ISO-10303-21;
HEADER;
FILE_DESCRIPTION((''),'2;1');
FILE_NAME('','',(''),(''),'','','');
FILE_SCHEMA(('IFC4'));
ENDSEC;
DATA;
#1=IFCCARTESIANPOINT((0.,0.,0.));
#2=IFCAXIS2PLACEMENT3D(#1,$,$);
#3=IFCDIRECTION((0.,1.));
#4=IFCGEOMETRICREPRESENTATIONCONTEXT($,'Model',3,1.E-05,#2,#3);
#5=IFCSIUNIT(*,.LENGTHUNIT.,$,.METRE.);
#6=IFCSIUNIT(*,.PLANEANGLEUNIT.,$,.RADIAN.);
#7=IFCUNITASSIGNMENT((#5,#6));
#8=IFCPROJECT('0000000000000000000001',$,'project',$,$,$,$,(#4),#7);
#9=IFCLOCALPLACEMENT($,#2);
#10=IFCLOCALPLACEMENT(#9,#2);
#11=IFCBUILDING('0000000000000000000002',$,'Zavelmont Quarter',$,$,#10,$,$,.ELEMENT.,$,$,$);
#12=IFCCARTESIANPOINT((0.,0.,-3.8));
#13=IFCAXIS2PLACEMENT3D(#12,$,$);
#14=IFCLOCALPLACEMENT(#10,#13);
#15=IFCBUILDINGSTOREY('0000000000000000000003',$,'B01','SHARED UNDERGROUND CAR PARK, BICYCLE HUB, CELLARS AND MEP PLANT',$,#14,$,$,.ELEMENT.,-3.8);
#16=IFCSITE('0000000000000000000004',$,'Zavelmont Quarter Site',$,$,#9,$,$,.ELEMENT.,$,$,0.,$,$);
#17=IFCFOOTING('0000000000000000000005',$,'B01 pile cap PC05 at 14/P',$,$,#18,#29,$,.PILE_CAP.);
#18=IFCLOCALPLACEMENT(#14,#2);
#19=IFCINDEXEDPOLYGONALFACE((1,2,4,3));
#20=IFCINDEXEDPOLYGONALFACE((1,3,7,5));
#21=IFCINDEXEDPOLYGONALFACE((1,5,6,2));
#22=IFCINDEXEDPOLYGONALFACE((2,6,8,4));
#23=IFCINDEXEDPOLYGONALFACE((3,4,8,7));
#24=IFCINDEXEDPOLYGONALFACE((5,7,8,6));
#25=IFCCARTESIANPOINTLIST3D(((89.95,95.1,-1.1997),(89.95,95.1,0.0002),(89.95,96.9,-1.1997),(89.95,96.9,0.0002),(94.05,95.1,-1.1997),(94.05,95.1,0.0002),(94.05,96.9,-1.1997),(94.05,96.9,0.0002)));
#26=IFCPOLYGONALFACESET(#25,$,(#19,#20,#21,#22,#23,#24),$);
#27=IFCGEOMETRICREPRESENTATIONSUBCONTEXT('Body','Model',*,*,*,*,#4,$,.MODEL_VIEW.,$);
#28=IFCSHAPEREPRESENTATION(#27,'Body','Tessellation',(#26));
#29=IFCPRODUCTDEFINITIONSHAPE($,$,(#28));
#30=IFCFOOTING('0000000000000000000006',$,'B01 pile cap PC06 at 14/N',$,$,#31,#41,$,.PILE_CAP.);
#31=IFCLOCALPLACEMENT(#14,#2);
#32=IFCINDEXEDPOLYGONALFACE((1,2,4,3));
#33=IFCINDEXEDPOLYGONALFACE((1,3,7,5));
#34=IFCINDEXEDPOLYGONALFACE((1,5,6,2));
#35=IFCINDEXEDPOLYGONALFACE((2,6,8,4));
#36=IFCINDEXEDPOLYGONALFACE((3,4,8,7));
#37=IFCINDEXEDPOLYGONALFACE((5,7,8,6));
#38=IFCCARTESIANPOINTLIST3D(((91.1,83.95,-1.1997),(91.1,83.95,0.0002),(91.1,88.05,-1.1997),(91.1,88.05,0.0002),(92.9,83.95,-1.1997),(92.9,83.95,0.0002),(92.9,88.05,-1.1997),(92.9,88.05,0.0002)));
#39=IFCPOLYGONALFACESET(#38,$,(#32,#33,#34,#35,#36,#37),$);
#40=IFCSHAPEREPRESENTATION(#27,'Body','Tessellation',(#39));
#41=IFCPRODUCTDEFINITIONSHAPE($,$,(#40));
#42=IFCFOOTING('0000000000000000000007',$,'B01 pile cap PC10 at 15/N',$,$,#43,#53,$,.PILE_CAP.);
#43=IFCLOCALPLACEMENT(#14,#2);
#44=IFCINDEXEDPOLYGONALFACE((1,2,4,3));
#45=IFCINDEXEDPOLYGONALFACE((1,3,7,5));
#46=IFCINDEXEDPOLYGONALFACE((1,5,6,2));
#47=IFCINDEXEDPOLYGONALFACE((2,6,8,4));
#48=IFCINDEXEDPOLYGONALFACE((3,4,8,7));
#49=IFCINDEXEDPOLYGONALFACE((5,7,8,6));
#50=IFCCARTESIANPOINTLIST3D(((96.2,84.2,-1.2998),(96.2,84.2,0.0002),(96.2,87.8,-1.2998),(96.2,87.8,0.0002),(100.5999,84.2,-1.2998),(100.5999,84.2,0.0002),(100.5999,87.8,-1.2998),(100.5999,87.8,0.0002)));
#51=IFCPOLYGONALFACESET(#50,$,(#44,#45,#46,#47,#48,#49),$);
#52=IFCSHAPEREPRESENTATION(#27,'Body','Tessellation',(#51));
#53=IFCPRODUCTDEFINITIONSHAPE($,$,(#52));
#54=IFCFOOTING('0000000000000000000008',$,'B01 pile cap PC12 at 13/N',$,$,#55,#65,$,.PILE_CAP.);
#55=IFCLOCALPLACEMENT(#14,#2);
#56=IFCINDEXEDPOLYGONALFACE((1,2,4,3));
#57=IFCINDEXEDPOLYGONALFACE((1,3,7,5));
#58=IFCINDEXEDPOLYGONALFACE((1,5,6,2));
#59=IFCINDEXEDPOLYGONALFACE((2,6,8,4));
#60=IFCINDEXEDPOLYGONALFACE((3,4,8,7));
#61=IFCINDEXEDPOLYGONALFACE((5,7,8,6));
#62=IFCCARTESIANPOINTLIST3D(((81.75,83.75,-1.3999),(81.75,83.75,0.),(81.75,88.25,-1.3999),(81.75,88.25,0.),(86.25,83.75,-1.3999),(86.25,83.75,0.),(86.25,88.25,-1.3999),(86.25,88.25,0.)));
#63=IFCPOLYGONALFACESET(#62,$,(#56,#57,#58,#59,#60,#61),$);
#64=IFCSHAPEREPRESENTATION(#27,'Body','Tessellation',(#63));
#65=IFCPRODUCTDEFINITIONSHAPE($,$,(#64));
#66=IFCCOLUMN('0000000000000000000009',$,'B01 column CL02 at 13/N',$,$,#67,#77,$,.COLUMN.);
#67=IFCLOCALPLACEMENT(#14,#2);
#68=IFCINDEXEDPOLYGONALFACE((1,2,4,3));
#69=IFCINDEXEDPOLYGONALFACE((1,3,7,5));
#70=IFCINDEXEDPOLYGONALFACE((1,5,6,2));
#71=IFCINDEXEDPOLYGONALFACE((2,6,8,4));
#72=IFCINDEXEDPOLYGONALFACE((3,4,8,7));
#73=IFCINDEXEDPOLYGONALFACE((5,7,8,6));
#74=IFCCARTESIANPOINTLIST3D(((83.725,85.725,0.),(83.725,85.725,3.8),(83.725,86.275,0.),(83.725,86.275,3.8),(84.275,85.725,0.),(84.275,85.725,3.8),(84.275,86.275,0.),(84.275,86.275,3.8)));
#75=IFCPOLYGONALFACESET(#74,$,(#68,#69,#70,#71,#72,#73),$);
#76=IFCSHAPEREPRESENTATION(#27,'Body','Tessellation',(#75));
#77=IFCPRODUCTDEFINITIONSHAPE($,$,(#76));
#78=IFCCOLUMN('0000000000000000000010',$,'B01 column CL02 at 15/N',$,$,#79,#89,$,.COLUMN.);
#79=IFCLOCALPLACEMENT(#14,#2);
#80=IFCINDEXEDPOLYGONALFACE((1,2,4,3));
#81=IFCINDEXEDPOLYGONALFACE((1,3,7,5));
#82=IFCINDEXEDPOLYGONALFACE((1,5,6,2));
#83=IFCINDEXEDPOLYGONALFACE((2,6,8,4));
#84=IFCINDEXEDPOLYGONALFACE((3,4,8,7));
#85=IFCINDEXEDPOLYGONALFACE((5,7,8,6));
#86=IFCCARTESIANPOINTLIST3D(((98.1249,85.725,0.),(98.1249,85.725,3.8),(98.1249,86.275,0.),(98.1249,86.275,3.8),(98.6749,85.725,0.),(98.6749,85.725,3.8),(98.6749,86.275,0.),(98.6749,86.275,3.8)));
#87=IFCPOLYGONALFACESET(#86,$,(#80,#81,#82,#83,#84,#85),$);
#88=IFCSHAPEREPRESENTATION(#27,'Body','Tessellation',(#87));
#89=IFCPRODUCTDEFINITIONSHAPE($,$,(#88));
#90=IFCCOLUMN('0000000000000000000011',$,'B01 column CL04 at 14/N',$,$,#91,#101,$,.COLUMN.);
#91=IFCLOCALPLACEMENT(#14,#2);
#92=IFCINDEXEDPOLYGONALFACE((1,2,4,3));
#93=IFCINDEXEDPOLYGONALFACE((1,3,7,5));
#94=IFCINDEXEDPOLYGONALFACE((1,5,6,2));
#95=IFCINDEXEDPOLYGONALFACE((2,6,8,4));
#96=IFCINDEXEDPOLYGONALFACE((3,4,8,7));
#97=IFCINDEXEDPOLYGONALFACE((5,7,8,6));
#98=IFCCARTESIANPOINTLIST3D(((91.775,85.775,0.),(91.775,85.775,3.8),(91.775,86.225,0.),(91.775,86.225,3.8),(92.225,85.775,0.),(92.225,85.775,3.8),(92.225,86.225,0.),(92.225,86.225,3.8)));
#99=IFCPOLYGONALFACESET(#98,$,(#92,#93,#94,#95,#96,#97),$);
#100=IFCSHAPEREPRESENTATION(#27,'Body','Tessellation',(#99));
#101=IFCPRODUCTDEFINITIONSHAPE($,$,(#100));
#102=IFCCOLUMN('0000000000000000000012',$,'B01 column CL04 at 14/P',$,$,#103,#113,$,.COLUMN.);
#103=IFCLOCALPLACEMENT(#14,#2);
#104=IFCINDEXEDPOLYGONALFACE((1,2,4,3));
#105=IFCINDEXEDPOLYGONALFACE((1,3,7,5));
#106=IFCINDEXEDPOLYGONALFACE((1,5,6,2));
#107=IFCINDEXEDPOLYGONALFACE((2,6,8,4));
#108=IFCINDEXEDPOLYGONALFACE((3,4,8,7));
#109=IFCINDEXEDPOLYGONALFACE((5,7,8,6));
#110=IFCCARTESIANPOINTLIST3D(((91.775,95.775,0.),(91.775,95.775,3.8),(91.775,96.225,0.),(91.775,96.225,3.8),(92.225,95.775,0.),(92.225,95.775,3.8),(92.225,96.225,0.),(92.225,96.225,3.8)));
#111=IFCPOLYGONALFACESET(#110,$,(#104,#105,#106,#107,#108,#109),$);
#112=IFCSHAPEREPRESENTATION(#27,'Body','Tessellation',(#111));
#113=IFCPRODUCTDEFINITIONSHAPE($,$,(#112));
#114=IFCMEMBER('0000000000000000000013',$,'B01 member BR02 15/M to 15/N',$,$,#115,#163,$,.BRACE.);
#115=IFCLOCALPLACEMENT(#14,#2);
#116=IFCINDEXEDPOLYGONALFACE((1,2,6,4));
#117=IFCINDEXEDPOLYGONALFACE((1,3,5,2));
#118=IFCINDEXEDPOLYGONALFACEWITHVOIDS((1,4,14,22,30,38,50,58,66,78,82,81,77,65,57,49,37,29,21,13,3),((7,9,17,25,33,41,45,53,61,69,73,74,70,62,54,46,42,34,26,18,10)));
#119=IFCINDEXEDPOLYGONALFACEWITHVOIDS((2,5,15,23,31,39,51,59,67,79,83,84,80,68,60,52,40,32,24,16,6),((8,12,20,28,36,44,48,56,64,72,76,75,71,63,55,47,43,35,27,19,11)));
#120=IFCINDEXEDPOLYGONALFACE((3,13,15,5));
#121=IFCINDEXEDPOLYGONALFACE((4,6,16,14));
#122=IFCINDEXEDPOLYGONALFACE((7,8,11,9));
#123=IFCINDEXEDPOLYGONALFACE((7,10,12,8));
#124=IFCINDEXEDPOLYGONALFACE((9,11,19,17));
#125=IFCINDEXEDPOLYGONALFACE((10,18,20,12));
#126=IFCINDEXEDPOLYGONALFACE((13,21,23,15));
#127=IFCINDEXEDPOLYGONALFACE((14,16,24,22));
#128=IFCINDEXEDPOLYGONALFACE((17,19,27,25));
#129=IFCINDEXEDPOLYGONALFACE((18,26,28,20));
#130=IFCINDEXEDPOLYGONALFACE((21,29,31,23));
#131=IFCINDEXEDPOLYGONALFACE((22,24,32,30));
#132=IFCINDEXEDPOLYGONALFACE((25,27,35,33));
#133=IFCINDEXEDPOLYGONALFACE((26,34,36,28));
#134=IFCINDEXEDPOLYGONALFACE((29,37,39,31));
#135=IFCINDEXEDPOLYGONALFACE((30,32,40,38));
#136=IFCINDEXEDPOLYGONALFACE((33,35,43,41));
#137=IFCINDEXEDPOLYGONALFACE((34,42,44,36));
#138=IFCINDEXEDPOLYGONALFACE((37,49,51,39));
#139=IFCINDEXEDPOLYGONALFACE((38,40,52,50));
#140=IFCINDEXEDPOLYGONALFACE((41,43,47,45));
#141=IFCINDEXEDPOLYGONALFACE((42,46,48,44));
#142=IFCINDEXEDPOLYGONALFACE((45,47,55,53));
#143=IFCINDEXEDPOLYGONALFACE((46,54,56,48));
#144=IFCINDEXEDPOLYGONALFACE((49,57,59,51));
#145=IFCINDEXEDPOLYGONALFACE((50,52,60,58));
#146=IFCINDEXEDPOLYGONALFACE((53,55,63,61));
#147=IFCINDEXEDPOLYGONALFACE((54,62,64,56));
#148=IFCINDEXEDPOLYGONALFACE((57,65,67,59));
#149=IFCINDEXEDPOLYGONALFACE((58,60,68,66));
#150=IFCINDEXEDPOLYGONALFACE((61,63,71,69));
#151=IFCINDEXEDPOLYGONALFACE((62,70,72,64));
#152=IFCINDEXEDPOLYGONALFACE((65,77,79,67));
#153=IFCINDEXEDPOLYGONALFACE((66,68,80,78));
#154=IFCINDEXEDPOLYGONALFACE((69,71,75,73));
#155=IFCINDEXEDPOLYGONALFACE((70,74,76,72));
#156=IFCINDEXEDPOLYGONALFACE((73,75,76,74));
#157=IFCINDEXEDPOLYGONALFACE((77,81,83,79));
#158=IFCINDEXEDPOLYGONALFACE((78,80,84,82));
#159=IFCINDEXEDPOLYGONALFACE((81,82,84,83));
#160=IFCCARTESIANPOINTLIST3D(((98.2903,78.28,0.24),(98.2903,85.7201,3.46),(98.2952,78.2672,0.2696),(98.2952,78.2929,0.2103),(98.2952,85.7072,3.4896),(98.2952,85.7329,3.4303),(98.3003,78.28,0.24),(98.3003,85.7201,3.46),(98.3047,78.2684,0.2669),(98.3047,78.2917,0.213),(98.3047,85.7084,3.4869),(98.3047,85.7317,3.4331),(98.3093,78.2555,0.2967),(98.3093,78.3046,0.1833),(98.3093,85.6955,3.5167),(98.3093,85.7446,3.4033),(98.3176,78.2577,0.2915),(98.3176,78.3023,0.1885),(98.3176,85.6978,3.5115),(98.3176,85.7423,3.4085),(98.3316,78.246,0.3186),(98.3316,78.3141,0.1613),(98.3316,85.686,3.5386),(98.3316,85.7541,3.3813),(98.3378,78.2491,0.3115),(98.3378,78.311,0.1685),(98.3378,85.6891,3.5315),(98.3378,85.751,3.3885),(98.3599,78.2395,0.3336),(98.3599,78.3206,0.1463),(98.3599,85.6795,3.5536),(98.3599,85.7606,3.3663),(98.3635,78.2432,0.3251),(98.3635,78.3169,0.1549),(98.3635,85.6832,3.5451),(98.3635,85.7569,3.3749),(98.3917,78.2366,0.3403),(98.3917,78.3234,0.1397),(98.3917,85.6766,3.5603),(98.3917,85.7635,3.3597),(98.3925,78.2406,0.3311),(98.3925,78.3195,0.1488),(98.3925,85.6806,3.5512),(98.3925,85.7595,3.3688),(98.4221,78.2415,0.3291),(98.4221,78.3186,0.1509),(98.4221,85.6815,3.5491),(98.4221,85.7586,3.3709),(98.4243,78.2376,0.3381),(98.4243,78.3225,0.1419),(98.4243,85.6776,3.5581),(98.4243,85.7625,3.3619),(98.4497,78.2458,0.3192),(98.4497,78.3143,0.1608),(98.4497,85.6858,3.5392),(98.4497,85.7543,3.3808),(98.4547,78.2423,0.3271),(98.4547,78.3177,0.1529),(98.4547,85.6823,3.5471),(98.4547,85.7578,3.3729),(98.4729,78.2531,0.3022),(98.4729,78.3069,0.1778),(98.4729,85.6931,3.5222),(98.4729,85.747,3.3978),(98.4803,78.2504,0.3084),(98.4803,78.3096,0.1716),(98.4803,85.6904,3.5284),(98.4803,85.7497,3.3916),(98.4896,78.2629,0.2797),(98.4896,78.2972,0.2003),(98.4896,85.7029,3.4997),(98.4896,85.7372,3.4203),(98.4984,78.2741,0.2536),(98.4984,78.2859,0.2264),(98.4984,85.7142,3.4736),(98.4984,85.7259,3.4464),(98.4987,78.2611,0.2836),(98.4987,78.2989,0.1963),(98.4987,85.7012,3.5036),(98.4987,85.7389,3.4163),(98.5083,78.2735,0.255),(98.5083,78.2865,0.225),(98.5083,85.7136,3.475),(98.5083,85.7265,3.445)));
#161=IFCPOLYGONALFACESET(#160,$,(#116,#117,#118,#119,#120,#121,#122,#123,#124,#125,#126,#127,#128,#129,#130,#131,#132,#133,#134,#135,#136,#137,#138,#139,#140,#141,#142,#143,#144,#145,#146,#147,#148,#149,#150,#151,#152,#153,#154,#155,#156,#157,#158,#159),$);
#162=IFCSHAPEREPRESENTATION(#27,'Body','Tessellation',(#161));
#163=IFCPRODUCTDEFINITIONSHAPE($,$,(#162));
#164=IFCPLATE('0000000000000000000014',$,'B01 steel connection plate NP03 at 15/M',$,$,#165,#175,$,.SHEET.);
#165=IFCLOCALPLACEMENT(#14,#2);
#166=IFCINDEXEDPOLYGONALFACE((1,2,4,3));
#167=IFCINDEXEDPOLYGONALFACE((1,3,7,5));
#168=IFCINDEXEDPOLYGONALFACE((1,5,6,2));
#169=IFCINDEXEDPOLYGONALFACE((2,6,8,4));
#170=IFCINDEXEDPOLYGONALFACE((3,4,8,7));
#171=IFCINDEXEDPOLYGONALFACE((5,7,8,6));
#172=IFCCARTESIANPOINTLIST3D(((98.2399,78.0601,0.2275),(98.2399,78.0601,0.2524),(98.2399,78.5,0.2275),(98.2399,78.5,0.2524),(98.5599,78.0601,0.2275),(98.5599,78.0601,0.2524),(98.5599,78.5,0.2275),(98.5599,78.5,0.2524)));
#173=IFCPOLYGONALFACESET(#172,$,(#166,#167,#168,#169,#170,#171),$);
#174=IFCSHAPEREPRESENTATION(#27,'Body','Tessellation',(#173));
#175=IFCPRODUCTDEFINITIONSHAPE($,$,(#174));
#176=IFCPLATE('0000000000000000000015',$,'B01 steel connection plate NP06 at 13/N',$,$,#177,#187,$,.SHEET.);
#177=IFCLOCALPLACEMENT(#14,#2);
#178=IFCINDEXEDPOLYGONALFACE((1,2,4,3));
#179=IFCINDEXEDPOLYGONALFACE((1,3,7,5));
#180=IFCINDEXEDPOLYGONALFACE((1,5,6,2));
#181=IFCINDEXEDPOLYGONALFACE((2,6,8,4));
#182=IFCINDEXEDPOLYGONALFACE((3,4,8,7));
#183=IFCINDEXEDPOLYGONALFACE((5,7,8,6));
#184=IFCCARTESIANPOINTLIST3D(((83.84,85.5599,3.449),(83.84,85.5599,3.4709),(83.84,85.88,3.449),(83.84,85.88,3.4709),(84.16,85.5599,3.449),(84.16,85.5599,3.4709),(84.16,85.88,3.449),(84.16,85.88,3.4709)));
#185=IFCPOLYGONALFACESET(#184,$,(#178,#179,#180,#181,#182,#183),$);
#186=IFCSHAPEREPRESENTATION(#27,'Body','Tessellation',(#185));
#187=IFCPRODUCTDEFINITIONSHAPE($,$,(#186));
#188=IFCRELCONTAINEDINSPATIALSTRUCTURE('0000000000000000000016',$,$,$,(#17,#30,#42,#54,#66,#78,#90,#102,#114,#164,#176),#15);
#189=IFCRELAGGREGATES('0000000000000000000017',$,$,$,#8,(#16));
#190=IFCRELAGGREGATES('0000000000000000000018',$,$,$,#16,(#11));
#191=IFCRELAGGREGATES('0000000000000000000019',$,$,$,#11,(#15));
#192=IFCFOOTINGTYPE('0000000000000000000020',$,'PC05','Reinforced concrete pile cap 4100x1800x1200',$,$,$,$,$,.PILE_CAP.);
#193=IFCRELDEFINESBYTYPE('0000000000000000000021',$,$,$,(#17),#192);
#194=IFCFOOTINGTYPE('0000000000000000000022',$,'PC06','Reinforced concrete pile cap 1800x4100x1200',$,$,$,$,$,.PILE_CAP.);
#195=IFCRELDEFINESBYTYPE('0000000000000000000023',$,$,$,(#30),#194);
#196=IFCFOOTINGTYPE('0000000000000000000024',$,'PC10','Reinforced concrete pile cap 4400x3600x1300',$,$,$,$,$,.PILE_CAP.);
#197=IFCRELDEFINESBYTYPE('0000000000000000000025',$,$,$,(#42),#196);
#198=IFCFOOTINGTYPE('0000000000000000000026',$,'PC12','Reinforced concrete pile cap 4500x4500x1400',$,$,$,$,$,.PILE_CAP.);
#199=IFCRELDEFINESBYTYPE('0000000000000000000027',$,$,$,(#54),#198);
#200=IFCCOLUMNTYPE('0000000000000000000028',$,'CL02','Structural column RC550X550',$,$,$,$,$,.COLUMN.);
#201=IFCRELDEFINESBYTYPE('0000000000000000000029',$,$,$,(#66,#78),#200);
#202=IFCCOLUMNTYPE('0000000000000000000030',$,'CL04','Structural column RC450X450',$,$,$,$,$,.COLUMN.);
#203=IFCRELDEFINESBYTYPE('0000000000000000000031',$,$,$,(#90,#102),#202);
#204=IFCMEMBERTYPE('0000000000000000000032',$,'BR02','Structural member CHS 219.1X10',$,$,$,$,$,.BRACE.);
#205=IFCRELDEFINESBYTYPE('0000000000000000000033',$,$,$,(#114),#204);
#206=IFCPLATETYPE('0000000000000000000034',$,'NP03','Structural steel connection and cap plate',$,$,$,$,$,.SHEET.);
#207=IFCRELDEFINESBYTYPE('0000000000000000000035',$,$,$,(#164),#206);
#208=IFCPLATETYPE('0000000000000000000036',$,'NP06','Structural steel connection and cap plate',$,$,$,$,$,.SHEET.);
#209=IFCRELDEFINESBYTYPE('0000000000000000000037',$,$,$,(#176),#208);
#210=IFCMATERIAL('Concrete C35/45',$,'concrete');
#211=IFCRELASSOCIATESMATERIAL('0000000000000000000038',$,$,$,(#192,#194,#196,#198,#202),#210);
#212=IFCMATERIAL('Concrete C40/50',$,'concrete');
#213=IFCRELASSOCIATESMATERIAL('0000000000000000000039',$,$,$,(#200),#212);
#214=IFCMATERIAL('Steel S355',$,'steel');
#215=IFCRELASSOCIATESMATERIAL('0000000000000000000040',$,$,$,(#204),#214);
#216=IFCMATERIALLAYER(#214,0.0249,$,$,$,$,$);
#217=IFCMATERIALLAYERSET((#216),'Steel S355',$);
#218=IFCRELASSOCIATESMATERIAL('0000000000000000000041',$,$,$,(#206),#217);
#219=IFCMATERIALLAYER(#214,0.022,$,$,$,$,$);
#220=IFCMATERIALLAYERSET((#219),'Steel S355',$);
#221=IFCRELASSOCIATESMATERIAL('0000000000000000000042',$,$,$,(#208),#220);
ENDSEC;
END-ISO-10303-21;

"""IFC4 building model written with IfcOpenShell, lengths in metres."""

from ifc_helpers import new_model, si_unit, direction, frame, origin, origin_2d, place, context, subcontext, project, spatial, rectangle, hollow_circle, extrude, material, layer, layer_set, material_profile, profile_set, type_object, element, save


model = new_model("IFC4")

# Units and contexts
model_context = context("Model", 3, precision=1e-05, world=origin(), true_north=direction((0.0, 1.0)))
body_context = subcontext(model_context, "Body", "Model", "MODEL_VIEW")
ifc_project = project(units=[si_unit("LENGTHUNIT", "METRE"), si_unit("PLANEANGLEUNIT", "RADIAN")], contexts=[model_context])

# Site, building, storey
site_placement = place(None, origin())
site = spatial("IfcSite", under=ifc_project, at=site_placement, Name="Zavelmont Quarter Site", CompositionType="ELEMENT", RefElevation=0.0)
building_placement = place(site_placement, origin())
building = spatial("IfcBuilding", under=site, at=building_placement, Name="Zavelmont Quarter", CompositionType="ELEMENT")
storey_placement = place(building_placement, frame((0.0, 0.0, -3.8)))
storey = spatial("IfcBuildingStorey", under=building, at=storey_placement, Name="B01", Description="SHARED UNDERGROUND CAR PARK, BICYCLE HUB, CELLARS AND MEP PLANT", CompositionType="ELEMENT", Elevation=-3.8)

# Shared definitions
ifc_material_1 = material(Name="Concrete C35/45", Category="concrete")

# Footings
footing_type_1 = type_object("IfcFootingType", Name="PC05", Description="Reinforced concrete pile cap 4100x1800x1200", PredefinedType="PILE_CAP", material=ifc_material_1)
footing_1_placement = place(storey_placement, frame((92.0, 96.0, -1.1997), z_axis=(0.0, 0.0, 1.0), x_axis=(1.0, 0.0, 0.0)))
element("IfcFooting", 1, at=footing_1_placement, inside=storey, type_object=footing_type_1, Name="B01 pile cap PC05 at 14/P", PredefinedType="PILE_CAP", context=body_context, shape_type="SweptSolid", body=[
    extrude(rectangle(XDim=4.1001, YDim=1.8, at=origin_2d()), origin(), (0.0, 0.0, 1.0), 1.2),
])
footing_type_2 = type_object("IfcFootingType", Name="PC06", Description="Reinforced concrete pile cap 1800x4100x1200", PredefinedType="PILE_CAP", material=ifc_material_1)
footing_2_placement = place(storey_placement, frame((92.0, 86.0, -1.1997), z_axis=(0.0, 0.0, 1.0), x_axis=(1.0, 0.0, 0.0)))
element("IfcFooting", 2, at=footing_2_placement, inside=storey, type_object=footing_type_2, Name="B01 pile cap PC06 at 14/N", PredefinedType="PILE_CAP", context=body_context, shape_type="SweptSolid", body=[
    extrude(rectangle(XDim=1.8, YDim=4.1001, at=origin_2d()), origin(), (0.0, 0.0, 1.0), 1.2),
])
footing_type_3 = type_object("IfcFootingType", Name="PC10", Description="Reinforced concrete pile cap 4400x3600x1300", PredefinedType="PILE_CAP", material=ifc_material_1)
footing_3_placement = place(storey_placement, frame((98.3999, 86.0, -1.2998), z_axis=(0.0, 0.0, 1.0), x_axis=(1.0, 0.0, 0.0)))
element("IfcFooting", 3, at=footing_3_placement, inside=storey, type_object=footing_type_3, Name="B01 pile cap PC10 at 15/N", PredefinedType="PILE_CAP", context=body_context, shape_type="SweptSolid", body=[
    extrude(rectangle(XDim=4.3999, YDim=3.6001, at=origin_2d()), origin(), (0.0, 0.0, 1.0), 1.3),
])
footing_type_4 = type_object("IfcFootingType", Name="PC12", Description="Reinforced concrete pile cap 4500x4500x1400", PredefinedType="PILE_CAP", material=ifc_material_1)
footing_4_placement = place(storey_placement, frame((84.0, 86.0, -1.3999), z_axis=(0.0, 0.0, 1.0), x_axis=(1.0, 0.0, 0.0)))
element("IfcFooting", 4, at=footing_4_placement, inside=storey, type_object=footing_type_4, Name="B01 pile cap PC12 at 13/N", PredefinedType="PILE_CAP", context=body_context, shape_type="SweptSolid", body=[
    extrude(rectangle(XDim=4.5, YDim=4.5, at=origin_2d()), origin(), (0.0, 0.0, 1.0), 1.3999),
])

# Columns
ifc_material_2 = material(Name="Concrete C40/50", Category="concrete")
ifc_material_profile_1 = material_profile(ifc_material_2, rectangle(XDim=0.55, YDim=0.55, at=origin_2d()), Name="RC550X550")
ifc_profile_set_1 = profile_set([ifc_material_profile_1], Name="Concrete C40/50")
column_type_1 = type_object("IfcColumnType", Name="CL02", Description="Structural column RC550X550", PredefinedType="COLUMN", material=ifc_profile_set_1)
for number, where, z_axis, x_axis, name in (
    (5, (84.0, 86.0, 0.0), (0.0, 0.0, 1.0), (1.0, 0.0, 0.0), "B01 column CL02 at 13/N"),
    (6, (98.3999, 86.0, 0.0), (0.0, 0.0, 1.0), (1.0, 0.0, 0.0), "B01 column CL02 at 15/N"),
):
    element("IfcColumn", number, at=place(storey_placement, frame(where, z_axis=z_axis, x_axis=x_axis)), inside=storey, type_object=column_type_1, Name=name, PredefinedType="COLUMN", context=body_context, shape_type="SweptSolid", body=[
        extrude(rectangle(XDim=0.55, YDim=0.55, at=origin_2d()), origin(), (0.0, 0.0, 1.0), 3.8),
    ])
ifc_material_profile_2 = material_profile(ifc_material_1, rectangle(XDim=0.45, YDim=0.45, at=origin_2d()), Name="RC450X450")
ifc_profile_set_2 = profile_set([ifc_material_profile_2], Name="Concrete C35/45")
column_type_2 = type_object("IfcColumnType", Name="CL04", Description="Structural column RC450X450", PredefinedType="COLUMN", material=ifc_profile_set_2)
for number, where, z_axis, x_axis, name in (
    (7, (92.0, 86.0, 0.0), (0.0, 0.0, 1.0), (1.0, 0.0, 0.0), "B01 column CL04 at 14/N"),
    (8, (92.0, 96.0, 0.0), (0.0, 0.0, 1.0), (1.0, 0.0, 0.0), "B01 column CL04 at 14/P"),
):
    element("IfcColumn", number, at=place(storey_placement, frame(where, z_axis=z_axis, x_axis=x_axis)), inside=storey, type_object=column_type_2, Name=name, PredefinedType="COLUMN", context=body_context, shape_type="SweptSolid", body=[
        extrude(rectangle(XDim=0.45, YDim=0.45, at=origin_2d()), origin(), (0.0, 0.0, 1.0), 3.8),
    ])

# Member
ifc_material_3 = material(Name="Steel S355", Category="steel")
ifc_material_profile_3 = material_profile(ifc_material_3, hollow_circle(Radius=0.1096, WallThickness=0.01, at=origin_2d()), Name="CHS 219.1X10")
ifc_profile_set_3 = profile_set([ifc_material_profile_3], Name="Steel S355")
member_type = type_object("IfcMemberType", Name="BR02", Description="Structural member CHS 219.1X10", PredefinedType="BRACE", material=ifc_profile_set_3)
member_placement = place(storey_placement, frame((98.3999, 78.28, 0.24), z_axis=(0.0, 0.917736, 0.397192), x_axis=(-1.0, 0.0, 0.0)))
element("IfcMember", 9, at=member_placement, inside=storey, type_object=member_type, Name="B01 member BR02 15/M to 15/N", PredefinedType="BRACE", context=body_context, shape_type="SweptSolid", body=[
    extrude(hollow_circle(Radius=0.1096, WallThickness=0.01, at=origin_2d()), origin(), (0.0, 0.0, 1.0), 8.1069),
])

# Plates
ifc_layer_1 = layer(ifc_material_3, 0.0249)
ifc_layer_set_1 = layer_set([ifc_layer_1], Name="Steel S355")
plate_type_1 = type_object("IfcPlateType", Name="NP03", Description="Structural steel connection and cap plate", PredefinedType="SHEET", material=ifc_layer_set_1)
plate_placement = place(storey_placement, frame((98.3999, 78.28, 0.2275), z_axis=(0.0, 0.0, 1.0), x_axis=(0.0, 1.0, 0.0)))
element("IfcPlate", 10, at=plate_placement, inside=storey, type_object=plate_type_1, Name="B01 steel connection plate NP03 at 15/M", PredefinedType="SHEET", context=body_context, shape_type="SweptSolid", body=[
    extrude(rectangle(XDim=0.4399, YDim=0.3201, at=origin_2d()), origin(), (0.0, 0.0, 1.0), 0.0249),
])
ifc_layer_2 = layer(ifc_material_3, 0.022)
ifc_layer_set_2 = layer_set([ifc_layer_2], Name="Steel S355")
plate_type_2 = type_object("IfcPlateType", Name="NP06", Description="Structural steel connection and cap plate", PredefinedType="SHEET", material=ifc_layer_set_2)
for number, where, z_axis, x_axis, name in (
    (11, (84.0, 85.72, 3.449), (0.0, 0.0, 1.0), (0.0, 1.0, 0.0), "B01 steel connection plate NP06 at 13/N"),
):
    element("IfcPlate", number, at=place(storey_placement, frame(where, z_axis=z_axis, x_axis=x_axis)), inside=storey, type_object=plate_type_2, Name=name, PredefinedType="SHEET", context=body_context, shape_type="SweptSolid", body=[
        extrude(rectangle(XDim=0.3201, YDim=0.3201, at=origin_2d()), origin(), (0.0, 0.0, 1.0), 0.022),
    ])

save(model, "model.ifc")
